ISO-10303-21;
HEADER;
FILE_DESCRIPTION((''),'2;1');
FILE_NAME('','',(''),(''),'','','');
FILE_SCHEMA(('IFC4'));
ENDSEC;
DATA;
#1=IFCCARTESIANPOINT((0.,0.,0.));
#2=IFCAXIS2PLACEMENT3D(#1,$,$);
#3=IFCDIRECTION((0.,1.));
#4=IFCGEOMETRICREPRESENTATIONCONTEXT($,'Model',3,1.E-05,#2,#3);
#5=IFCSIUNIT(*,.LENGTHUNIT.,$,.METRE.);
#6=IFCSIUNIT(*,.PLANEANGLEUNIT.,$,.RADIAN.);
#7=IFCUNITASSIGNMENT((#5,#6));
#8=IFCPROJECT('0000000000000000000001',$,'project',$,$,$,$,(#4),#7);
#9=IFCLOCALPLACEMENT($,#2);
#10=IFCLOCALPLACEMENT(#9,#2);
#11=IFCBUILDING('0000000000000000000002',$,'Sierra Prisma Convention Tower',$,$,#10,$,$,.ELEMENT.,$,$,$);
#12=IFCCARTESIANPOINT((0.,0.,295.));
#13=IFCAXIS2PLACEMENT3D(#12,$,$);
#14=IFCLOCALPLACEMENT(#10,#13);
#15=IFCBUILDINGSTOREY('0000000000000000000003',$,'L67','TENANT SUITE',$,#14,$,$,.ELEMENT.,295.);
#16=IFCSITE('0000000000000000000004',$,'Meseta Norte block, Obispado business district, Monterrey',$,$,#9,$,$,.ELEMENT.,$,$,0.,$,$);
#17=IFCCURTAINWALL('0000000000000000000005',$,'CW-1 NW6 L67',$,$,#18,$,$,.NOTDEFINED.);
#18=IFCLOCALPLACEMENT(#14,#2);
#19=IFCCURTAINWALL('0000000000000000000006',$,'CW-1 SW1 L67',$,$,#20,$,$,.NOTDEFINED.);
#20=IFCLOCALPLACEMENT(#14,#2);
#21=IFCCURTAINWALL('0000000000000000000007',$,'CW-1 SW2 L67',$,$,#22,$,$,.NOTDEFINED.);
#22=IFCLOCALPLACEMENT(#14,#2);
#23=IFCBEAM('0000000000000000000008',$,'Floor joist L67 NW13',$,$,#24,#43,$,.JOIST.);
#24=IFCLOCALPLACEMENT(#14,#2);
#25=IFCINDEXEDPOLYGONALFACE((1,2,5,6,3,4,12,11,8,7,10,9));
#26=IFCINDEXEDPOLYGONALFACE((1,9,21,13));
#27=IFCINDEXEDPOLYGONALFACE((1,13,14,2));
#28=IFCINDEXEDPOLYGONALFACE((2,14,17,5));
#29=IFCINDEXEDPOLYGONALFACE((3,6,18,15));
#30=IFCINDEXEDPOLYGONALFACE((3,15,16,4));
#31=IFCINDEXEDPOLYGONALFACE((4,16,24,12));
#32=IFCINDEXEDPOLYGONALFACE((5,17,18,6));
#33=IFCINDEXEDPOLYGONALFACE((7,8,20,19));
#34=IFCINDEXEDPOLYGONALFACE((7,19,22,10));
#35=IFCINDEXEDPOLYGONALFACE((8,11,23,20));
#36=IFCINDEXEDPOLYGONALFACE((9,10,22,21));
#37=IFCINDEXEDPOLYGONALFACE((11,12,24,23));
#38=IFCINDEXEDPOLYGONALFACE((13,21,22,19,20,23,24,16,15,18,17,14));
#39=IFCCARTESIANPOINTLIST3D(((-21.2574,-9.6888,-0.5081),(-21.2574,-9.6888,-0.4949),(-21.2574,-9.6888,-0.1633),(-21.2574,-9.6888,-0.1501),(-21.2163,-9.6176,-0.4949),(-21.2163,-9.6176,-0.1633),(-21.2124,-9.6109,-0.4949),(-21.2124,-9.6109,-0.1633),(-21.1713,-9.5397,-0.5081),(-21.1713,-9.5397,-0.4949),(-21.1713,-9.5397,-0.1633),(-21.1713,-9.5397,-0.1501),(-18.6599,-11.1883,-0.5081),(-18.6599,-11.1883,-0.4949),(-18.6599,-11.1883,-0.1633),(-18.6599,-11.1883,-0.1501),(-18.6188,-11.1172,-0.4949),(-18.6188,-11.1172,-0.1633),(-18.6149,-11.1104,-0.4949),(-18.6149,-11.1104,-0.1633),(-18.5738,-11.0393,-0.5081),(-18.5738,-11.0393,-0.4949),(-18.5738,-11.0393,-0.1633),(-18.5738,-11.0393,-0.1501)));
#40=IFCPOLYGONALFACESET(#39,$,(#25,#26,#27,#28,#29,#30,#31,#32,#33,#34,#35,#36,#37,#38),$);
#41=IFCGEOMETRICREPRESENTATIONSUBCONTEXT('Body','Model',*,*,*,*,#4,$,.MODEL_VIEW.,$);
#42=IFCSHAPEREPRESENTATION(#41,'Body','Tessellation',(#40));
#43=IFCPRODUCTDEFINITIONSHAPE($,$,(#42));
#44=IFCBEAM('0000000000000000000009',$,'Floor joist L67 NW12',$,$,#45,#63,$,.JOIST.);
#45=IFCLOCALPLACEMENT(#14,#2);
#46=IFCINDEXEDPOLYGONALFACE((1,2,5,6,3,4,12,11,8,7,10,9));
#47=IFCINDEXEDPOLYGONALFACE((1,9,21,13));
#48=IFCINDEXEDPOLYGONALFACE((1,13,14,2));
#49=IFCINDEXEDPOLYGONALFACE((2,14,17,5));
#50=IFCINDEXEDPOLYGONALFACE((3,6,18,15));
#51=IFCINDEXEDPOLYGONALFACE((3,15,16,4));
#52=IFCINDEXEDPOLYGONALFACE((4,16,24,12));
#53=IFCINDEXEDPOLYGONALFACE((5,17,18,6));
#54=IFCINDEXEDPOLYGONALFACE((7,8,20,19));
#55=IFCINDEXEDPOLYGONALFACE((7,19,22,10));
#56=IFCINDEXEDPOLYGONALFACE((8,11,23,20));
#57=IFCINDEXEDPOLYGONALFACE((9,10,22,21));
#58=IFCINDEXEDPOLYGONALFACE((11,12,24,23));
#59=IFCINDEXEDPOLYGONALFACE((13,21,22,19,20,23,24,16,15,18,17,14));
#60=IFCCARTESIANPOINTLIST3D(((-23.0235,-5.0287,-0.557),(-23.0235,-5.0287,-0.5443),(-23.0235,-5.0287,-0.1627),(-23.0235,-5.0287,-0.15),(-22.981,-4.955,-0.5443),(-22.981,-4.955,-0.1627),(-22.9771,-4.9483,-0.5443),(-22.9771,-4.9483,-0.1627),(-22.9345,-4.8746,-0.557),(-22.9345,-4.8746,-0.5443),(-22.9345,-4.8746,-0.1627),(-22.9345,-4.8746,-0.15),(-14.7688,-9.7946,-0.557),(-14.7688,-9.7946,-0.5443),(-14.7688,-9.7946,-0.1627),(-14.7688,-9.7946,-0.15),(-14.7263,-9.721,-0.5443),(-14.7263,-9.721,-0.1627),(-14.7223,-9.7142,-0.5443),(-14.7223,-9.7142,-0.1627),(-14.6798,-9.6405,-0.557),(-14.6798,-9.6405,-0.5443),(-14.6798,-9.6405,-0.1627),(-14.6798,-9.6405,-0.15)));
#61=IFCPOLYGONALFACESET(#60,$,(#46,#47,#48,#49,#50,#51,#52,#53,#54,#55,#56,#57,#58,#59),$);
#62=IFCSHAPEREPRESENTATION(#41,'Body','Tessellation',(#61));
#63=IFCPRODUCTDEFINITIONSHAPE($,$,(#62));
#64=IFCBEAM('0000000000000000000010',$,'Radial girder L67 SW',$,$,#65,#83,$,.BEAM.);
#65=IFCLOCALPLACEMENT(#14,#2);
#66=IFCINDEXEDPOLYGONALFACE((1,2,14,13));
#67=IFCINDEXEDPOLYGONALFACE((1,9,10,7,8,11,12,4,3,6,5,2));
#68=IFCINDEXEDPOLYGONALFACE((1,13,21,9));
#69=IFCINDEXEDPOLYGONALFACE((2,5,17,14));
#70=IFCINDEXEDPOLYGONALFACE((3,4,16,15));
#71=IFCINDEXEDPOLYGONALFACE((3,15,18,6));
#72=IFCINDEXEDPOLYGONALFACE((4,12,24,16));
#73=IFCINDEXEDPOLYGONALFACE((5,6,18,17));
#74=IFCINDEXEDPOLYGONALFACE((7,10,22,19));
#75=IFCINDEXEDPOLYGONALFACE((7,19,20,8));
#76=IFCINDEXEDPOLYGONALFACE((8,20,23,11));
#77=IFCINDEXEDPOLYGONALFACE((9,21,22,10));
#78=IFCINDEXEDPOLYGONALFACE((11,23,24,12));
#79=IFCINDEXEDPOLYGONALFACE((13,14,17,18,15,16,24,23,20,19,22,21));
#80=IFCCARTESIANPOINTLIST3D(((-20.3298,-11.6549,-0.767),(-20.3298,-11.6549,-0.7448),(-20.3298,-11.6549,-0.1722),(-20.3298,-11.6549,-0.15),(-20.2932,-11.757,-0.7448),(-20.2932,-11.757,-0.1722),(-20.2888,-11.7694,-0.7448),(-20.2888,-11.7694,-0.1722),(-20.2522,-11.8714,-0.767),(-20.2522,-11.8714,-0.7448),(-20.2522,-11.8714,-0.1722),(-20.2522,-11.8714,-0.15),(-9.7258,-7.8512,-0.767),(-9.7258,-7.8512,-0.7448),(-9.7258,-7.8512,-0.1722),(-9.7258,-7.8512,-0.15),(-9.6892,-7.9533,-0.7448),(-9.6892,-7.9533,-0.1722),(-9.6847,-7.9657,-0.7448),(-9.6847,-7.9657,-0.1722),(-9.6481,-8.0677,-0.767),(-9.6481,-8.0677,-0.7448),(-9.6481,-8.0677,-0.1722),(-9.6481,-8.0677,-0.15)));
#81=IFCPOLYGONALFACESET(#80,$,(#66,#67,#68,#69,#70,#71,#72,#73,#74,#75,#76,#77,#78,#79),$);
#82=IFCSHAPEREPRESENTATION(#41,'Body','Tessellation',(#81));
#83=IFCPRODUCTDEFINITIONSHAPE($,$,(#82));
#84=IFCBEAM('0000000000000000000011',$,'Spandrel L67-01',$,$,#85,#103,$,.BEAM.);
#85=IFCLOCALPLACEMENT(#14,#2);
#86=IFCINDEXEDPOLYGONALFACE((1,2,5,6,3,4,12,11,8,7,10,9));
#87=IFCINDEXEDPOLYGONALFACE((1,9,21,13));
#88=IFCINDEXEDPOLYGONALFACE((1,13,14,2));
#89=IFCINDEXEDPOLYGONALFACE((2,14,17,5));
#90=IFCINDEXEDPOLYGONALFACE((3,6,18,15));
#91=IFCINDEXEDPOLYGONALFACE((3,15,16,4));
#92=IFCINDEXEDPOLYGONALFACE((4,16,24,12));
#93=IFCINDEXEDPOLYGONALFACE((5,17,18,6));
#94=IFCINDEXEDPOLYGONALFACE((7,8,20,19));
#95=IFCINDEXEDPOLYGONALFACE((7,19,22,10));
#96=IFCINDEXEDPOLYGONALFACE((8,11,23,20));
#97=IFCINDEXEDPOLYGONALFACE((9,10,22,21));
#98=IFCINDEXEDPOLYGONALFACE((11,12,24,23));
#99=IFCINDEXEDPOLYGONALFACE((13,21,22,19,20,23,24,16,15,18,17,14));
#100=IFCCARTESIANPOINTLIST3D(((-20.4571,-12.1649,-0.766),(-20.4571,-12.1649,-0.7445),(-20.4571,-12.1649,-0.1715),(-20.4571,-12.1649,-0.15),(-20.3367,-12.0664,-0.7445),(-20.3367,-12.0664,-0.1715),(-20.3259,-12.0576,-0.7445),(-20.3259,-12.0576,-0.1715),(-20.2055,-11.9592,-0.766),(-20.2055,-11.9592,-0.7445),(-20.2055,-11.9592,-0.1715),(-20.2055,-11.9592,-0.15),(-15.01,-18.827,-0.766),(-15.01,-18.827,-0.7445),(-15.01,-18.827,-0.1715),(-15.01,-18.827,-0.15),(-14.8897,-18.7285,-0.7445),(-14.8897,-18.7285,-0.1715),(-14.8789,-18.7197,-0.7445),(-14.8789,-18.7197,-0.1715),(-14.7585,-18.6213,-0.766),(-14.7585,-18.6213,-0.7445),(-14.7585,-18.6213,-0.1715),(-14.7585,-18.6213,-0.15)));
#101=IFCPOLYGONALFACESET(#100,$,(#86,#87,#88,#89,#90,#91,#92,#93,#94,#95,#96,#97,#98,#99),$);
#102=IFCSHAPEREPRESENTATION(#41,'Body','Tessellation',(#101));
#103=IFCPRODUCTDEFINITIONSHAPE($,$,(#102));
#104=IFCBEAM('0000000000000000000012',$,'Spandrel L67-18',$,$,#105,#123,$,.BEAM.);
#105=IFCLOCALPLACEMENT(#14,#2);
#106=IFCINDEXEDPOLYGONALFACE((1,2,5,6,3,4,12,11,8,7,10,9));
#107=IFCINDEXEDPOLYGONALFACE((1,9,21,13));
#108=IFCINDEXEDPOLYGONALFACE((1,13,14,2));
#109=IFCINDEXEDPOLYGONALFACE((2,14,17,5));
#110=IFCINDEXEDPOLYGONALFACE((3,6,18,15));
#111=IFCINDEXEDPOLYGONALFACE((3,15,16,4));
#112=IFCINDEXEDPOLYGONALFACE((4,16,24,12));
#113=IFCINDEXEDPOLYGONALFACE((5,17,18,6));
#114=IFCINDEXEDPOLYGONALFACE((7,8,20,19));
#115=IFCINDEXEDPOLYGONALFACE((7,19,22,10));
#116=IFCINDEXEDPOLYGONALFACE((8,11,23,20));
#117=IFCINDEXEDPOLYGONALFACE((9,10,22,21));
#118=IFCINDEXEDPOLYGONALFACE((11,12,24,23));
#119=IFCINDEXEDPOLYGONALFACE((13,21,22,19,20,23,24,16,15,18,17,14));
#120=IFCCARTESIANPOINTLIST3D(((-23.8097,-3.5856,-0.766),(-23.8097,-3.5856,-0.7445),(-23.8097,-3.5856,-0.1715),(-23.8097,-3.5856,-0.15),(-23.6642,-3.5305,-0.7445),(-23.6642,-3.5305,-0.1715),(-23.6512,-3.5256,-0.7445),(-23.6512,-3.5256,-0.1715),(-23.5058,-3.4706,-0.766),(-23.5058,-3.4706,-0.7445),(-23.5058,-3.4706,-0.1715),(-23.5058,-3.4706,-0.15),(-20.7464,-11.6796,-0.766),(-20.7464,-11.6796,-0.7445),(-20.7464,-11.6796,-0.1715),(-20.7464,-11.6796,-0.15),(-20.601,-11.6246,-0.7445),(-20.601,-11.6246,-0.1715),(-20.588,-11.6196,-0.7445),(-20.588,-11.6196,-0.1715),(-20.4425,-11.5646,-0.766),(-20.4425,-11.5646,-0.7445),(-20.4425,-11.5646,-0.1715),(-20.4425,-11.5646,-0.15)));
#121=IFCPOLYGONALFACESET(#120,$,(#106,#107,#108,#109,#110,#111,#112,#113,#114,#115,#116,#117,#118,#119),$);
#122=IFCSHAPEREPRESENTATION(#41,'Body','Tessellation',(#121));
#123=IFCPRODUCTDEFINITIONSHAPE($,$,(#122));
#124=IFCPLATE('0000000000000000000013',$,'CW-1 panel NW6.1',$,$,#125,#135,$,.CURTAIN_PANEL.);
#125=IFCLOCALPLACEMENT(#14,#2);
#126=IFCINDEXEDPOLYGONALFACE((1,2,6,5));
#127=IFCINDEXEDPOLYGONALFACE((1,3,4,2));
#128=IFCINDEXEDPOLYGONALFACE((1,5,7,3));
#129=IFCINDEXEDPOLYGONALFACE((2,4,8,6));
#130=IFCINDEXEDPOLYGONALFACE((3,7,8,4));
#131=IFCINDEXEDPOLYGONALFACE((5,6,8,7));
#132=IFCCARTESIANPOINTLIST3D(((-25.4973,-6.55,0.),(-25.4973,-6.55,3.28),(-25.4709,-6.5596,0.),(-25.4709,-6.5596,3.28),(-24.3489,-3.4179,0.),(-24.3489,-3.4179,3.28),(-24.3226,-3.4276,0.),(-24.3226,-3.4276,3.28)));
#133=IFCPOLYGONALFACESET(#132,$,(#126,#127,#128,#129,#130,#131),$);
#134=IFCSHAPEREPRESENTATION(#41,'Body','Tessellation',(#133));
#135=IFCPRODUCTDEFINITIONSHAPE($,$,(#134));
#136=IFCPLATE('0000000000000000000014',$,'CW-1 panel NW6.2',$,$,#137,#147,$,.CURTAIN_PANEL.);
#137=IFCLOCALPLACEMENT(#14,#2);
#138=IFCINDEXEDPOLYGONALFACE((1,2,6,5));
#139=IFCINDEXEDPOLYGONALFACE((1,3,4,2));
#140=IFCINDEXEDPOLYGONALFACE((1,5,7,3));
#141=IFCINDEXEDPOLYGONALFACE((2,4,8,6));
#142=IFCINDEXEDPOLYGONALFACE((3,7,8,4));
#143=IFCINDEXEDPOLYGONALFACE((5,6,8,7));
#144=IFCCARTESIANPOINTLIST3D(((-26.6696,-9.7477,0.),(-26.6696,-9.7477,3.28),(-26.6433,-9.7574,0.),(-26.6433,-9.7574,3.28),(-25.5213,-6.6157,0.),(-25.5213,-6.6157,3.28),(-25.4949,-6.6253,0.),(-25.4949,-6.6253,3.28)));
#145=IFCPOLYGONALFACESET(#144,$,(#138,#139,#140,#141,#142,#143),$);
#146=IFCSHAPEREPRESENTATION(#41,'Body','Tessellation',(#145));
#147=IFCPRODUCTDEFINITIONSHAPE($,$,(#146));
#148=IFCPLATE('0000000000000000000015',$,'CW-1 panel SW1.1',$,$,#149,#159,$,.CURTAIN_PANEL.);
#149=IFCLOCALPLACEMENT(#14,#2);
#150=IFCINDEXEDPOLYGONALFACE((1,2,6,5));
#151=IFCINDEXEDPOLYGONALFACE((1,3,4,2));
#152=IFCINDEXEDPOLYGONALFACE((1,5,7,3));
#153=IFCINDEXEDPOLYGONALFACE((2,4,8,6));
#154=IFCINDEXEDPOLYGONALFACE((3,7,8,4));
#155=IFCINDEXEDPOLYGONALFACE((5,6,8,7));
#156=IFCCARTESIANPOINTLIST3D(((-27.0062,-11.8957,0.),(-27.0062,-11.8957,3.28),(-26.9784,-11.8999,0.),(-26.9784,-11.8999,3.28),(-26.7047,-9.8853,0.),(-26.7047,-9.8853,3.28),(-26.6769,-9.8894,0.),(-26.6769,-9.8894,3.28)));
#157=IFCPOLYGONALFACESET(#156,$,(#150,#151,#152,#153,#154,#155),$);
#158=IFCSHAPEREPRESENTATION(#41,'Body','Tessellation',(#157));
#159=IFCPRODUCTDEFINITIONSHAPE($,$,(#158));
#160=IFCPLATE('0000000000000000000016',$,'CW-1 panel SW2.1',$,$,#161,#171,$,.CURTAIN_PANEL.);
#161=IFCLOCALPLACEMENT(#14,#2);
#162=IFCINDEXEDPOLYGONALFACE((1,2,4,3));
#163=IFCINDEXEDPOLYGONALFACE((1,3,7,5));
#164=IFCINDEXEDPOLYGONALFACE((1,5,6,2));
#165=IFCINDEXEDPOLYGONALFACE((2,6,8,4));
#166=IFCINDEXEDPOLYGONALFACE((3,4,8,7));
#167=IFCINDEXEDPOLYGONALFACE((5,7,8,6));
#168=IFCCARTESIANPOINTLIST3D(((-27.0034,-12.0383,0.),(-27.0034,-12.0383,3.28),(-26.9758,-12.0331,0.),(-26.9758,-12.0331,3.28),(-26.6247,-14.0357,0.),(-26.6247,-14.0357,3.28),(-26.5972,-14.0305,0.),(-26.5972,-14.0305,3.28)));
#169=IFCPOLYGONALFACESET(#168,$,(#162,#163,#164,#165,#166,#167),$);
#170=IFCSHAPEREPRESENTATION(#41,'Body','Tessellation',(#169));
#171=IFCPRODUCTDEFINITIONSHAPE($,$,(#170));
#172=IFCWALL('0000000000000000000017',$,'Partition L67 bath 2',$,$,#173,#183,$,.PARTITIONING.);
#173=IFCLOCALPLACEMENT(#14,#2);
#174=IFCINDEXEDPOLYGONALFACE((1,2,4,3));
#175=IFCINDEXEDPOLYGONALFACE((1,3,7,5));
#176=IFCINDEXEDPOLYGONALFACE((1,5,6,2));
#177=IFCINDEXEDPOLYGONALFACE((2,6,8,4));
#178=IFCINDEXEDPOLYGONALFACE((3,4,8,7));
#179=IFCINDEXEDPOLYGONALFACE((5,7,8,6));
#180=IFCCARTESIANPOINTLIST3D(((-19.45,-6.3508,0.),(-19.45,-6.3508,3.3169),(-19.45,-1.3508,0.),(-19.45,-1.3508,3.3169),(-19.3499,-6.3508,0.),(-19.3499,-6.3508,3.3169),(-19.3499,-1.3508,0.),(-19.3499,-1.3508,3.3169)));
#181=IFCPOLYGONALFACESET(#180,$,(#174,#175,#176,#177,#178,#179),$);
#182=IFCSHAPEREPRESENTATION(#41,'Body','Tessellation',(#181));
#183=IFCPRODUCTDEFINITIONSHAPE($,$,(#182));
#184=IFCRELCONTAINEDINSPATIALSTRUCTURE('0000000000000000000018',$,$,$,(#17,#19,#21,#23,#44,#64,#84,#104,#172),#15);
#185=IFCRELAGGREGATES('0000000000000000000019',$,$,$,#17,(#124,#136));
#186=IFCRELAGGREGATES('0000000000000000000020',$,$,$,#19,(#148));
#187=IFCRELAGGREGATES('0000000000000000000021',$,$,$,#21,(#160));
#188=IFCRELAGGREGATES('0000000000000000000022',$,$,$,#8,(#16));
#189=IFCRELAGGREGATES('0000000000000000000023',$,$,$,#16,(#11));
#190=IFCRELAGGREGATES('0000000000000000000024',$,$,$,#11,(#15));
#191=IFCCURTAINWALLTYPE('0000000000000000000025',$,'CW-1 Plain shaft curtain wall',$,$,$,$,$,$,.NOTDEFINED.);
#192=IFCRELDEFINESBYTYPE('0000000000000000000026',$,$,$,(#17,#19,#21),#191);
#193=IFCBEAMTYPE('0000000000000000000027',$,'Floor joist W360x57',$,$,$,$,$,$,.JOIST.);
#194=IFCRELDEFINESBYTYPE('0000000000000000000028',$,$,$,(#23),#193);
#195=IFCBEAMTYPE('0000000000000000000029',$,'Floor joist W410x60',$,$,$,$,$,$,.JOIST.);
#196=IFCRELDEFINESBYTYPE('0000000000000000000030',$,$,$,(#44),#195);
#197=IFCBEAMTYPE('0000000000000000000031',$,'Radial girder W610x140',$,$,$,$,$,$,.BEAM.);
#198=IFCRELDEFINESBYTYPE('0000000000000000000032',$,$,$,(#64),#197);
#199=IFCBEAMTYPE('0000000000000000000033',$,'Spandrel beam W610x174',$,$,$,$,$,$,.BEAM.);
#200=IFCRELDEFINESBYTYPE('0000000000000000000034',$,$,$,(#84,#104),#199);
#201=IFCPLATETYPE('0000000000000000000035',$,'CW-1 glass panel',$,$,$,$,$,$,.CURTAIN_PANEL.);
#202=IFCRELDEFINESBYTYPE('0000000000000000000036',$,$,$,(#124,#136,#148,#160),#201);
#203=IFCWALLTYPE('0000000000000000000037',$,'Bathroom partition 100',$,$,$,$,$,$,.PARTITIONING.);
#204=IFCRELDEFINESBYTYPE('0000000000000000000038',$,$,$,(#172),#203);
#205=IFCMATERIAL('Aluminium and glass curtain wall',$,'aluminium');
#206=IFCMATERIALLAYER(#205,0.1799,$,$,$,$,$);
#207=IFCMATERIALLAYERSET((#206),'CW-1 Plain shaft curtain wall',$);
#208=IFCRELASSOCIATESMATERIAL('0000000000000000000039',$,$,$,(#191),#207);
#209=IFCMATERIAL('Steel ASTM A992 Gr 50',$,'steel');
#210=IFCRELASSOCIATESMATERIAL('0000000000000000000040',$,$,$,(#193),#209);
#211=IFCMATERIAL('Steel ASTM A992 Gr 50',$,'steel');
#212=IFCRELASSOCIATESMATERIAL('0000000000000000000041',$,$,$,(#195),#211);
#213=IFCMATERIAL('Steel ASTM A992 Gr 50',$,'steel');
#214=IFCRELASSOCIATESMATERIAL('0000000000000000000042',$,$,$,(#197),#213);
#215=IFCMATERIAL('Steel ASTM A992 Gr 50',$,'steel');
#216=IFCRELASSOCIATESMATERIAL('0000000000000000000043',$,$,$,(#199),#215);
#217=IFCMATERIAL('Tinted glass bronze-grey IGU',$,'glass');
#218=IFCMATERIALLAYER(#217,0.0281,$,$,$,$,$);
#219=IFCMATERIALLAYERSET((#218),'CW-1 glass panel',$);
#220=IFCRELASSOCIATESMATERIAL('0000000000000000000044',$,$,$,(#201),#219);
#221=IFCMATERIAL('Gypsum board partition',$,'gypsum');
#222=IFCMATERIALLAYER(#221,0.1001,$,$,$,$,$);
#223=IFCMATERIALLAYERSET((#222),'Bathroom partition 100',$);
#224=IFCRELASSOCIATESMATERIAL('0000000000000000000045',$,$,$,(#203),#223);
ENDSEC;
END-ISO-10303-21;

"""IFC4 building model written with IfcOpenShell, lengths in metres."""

from ifc_helpers import new_model, si_unit, direction, frame, frame_2d, origin, origin_2d, place, context, subcontext, project, spatial, rectangle, i_section, extrude, material, layer, layer_set, material_profile, profile_set, type_object, element, aggregate, save


model = new_model("IFC4")

# Units and contexts
model_context = context("Model", 3, precision=1e-05, world=origin(), true_north=direction((0.0, 1.0)))
body_context = subcontext(model_context, "Body", "Model", "MODEL_VIEW")
ifc_project = project(units=[si_unit("LENGTHUNIT", "METRE"), si_unit("PLANEANGLEUNIT", "RADIAN")], contexts=[model_context])

# Site, building, storey
site_placement = place(None, origin())
site = spatial("IfcSite", under=ifc_project, at=site_placement, Name="Meseta Norte block, Obispado business district, Monterrey", CompositionType="ELEMENT", RefElevation=0.0)
building_placement = place(site_placement, origin())
building = spatial("IfcBuilding", under=site, at=building_placement, Name="Sierra Prisma Convention Tower", CompositionType="ELEMENT")
storey_placement = place(building_placement, frame((0.0, 0.0, 295.0)))
storey = spatial("IfcBuildingStorey", under=building, at=storey_placement, Name="L67", Description="TENANT SUITE", CompositionType="ELEMENT", Elevation=295.0)

# Curtain walls
ifc_material_1 = material(Name="Aluminium and glass curtain wall", Category="aluminium")
ifc_layer_1 = layer(ifc_material_1, 0.1799)
ifc_layer_set_1 = layer_set([ifc_layer_1], Name="CW-1 Plain shaft curtain wall")
curtain_wall_type = type_object("IfcCurtainWallType", Name="CW-1 Plain shaft curtain wall", PredefinedType="NOTDEFINED", material=ifc_layer_set_1)
curtain_wall_1_placement = place(storey_placement, origin())
curtain_wall_1 = element("IfcCurtainWall", 1, at=curtain_wall_1_placement, inside=storey, type_object=curtain_wall_type, Name="CW-1 NW6 L67", PredefinedType="NOTDEFINED")
curtain_wall_2_placement = place(storey_placement, origin())
curtain_wall_2 = element("IfcCurtainWall", 2, at=curtain_wall_2_placement, inside=storey, type_object=curtain_wall_type, Name="CW-1 SW1 L67", PredefinedType="NOTDEFINED")
curtain_wall_3_placement = place(storey_placement, origin())
curtain_wall_3 = element("IfcCurtainWall", 3, at=curtain_wall_3_placement, inside=storey, type_object=curtain_wall_type, Name="CW-1 SW2 L67", PredefinedType="NOTDEFINED")

# Beams
ifc_material_2 = material(Name="Steel ASTM A992 Gr 50", Category="steel")
ifc_material_profile_1 = material_profile(ifc_material_2, i_section(OverallWidth=0.1721, OverallDepth=0.3579, WebThickness=0.0078, FlangeThickness=0.0132, at=origin_2d()), Name="W360x57")
ifc_profile_set_1 = profile_set([ifc_material_profile_1], Name="Steel ASTM A992 Gr 50")
beam_type_1 = type_object("IfcBeamType", Name="Floor joist W360x57", PredefinedType="JOIST", material=ifc_profile_set_1)
beam_1_placement = place(storey_placement, frame((-21.2144, -9.6143, -0.3291), z_axis=(0.866041, -0.499974, 0.0), x_axis=(0.499974, 0.866041, 0.0)))
element("IfcBeam", 4, at=beam_1_placement, inside=storey, type_object=beam_type_1, Name="Floor joist L67 NW13", PredefinedType="JOIST", context=body_context, shape_type="SweptSolid", body=[
    extrude(i_section(OverallWidth=0.1721, OverallDepth=0.3579, WebThickness=0.0078, FlangeThickness=0.0132, at=origin_2d()), origin(), (0.0, 0.0, 1.0), 2.9993),
])
ifc_material_3 = material(Name="Steel ASTM A992 Gr 50", Category="steel")
ifc_material_profile_2 = material_profile(ifc_material_3, i_section(OverallWidth=0.178, OverallDepth=0.407, WebThickness=0.0078, FlangeThickness=0.0127, at=origin_2d()), Name="W410x60")
ifc_profile_set_2 = profile_set([ifc_material_profile_2], Name="Steel ASTM A992 Gr 50")
beam_type_2 = type_object("IfcBeamType", Name="Floor joist W410x60", PredefinedType="JOIST", material=ifc_profile_set_2)
beam_2_placement = place(storey_placement, frame((-22.979, -4.9517, -0.3535), z_axis=(0.866023, -0.500004, 0.0), x_axis=(0.500004, 0.866023, 0.0)))
element("IfcBeam", 5, at=beam_2_placement, inside=storey, type_object=beam_type_2, Name="Floor joist L67 NW12", PredefinedType="JOIST", context=body_context, shape_type="SweptSolid", body=[
    extrude(i_section(OverallWidth=0.178, OverallDepth=0.407, WebThickness=0.0078, FlangeThickness=0.0127, at=origin_2d()), origin(), (0.0, 0.0, 1.0), 9.5317),
])
ifc_material_4 = material(Name="Steel ASTM A992 Gr 50", Category="steel")
ifc_material_profile_3 = material_profile(ifc_material_4, i_section(OverallWidth=0.23, OverallDepth=0.6169, WebThickness=0.0132, FlangeThickness=0.0222, at=origin_2d()), Name="W610x140")
ifc_profile_set_3 = profile_set([ifc_material_profile_3], Name="Steel ASTM A992 Gr 50")
beam_type_3 = type_object("IfcBeamType", Name="Radial girder W610x140", PredefinedType="BEAM", material=ifc_profile_set_3)
beam_3_placement = place(storey_placement, frame((-20.291, -11.7632, -0.4585), z_axis=(0.941275, 0.33764, 0.0), x_axis=(-0.33764, 0.941275, 0.0)))
element("IfcBeam", 6, at=beam_3_placement, inside=storey, type_object=beam_type_3, Name="Radial girder L67 SW", PredefinedType="BEAM", context=body_context, shape_type="SweptSolid", body=[
    extrude(i_section(OverallWidth=0.23, OverallDepth=0.6169, WebThickness=0.0132, FlangeThickness=0.0222, at=origin_2d()), origin(), (0.0, 0.0, 1.0), 11.2656),
])
ifc_material_5 = material(Name="Steel ASTM A992 Gr 50", Category="steel")
ifc_material_profile_4 = material_profile(ifc_material_5, i_section(OverallWidth=0.325, OverallDepth=0.616, WebThickness=0.0139, FlangeThickness=0.0215, at=origin_2d()), Name="W610x174")
ifc_profile_set_4 = profile_set([ifc_material_profile_4], Name="Steel ASTM A992 Gr 50")
beam_type_4 = type_object("IfcBeamType", Name="Spandrel beam W610x174", PredefinedType="BEAM", material=ifc_profile_set_4)
beam_4_placement = place(storey_placement, frame((-20.3313, -12.062, -0.458), z_axis=(0.632974, -0.774173, 0.0), x_axis=(0.774173, 0.632974, 0.0)))
element("IfcBeam", 7, at=beam_4_placement, inside=storey, type_object=beam_type_4, Name="Spandrel L67-01", PredefinedType="BEAM", context=body_context, shape_type="SweptSolid", body=[
    extrude(i_section(OverallWidth=0.325, OverallDepth=0.616, WebThickness=0.0139, FlangeThickness=0.0215, at=origin_2d()), origin(), (0.0, 0.0, 1.0), 8.6055),
])
beam_5_placement = place(storey_placement, frame((-23.6577, -3.5281, -0.458), z_axis=(0.353957, -0.935262, 0.0), x_axis=(0.935262, 0.353957, 0.0)))
element("IfcBeam", 8, at=beam_5_placement, inside=storey, type_object=beam_type_4, Name="Spandrel L67-18", PredefinedType="BEAM", context=body_context, shape_type="SweptSolid", body=[
    extrude(i_section(OverallWidth=0.325, OverallDepth=0.616, WebThickness=0.0139, FlangeThickness=0.0215, at=origin_2d()), origin(), (0.0, 0.0, 1.0), 8.6543),
])

# Plates
ifc_material_6 = material(Name="Tinted glass bronze-grey IGU", Category="glass")
ifc_layer_2 = layer(ifc_material_6, 0.0281)
ifc_layer_set_2 = layer_set([ifc_layer_2], Name="CW-1 glass panel")
plate_type = type_object("IfcPlateType", Name="CW-1 glass panel", PredefinedType="CURTAIN_PANEL", material=ifc_layer_set_2)
plate_1_placement = place(storey_placement, frame((-24.9099, -4.9888, 0.0), z_axis=(0.0, 0.0, 1.0), x_axis=(-0.344234, -0.938884, 0.0)))
plate_1 = element("IfcPlate", 9, at=plate_1_placement, type_object=plate_type, Name="CW-1 panel NW6.1", PredefinedType="CURTAIN_PANEL", context=body_context, shape_type="SweptSolid", body=[
    extrude(rectangle(XDim=3.3359, YDim=0.0281, at=origin_2d()), origin(), (0.0, 0.0, 1.0), 3.28),
])
plate_2_placement = place(storey_placement, frame((-26.0823, -8.1865, 0.0), z_axis=(0.0, 0.0, 1.0), x_axis=(-0.344234, -0.938884, 0.0)))
plate_2 = element("IfcPlate", 10, at=plate_2_placement, type_object=plate_type, Name="CW-1 panel NW6.2", PredefinedType="CURTAIN_PANEL", context=body_context, shape_type="SweptSolid", body=[
    extrude(rectangle(XDim=3.3359, YDim=0.0281, at=origin_2d()), origin(), (0.0, 0.0, 1.0), 3.28),
])
aggregate(curtain_wall_1, [plate_1, plate_2])
plate_3_placement = place(storey_placement, frame((-26.8416, -10.8926, 0.0), z_axis=(0.0, 0.0, 1.0), x_axis=(-0.148322, -0.988939, 0.0)))
plate_3 = element("IfcPlate", 11, at=plate_3_placement, type_object=plate_type, Name="CW-1 panel SW1.1", PredefinedType="CURTAIN_PANEL", context=body_context, shape_type="SweptSolid", body=[
    extrude(rectangle(XDim=2.033, YDim=0.0281, at=origin_2d()), origin(), (0.0, 0.0, 1.0), 3.28),
])
aggregate(curtain_wall_2, [plate_3])
plate_4_placement = place(storey_placement, frame((-26.8003, -13.0344, 0.0), z_axis=(0.0, 0.0, 1.0), x_axis=(0.18627, -0.982499, 0.0)))
plate_4 = element("IfcPlate", 12, at=plate_4_placement, type_object=plate_type, Name="CW-1 panel SW2.1", PredefinedType="CURTAIN_PANEL", context=body_context, shape_type="SweptSolid", body=[
    extrude(rectangle(XDim=2.033, YDim=0.0281, at=origin_2d()), origin(), (0.0, 0.0, 1.0), 3.28),
])
aggregate(curtain_wall_3, [plate_4])

# Wall
ifc_material_7 = material(Name="Gypsum board partition", Category="gypsum")
ifc_layer_3 = layer(ifc_material_7, 0.1001)
ifc_layer_set_3 = layer_set([ifc_layer_3], Name="Bathroom partition 100")
wall_type_1 = type_object("IfcWallType", Name="Bathroom partition 100", PredefinedType="PARTITIONING", material=ifc_layer_set_3)
wall_1_placement = place(storey_placement, frame((-19.3999, -6.3508, 0.0), z_axis=(0.0, 0.0, 1.0), x_axis=(0.0, 1.0, 0.0)))
element("IfcWall", 13, at=wall_1_placement, inside=storey, type_object=wall_type_1, Name="Partition L67 bath 2", PredefinedType="PARTITIONING", context=body_context, shape_type="SweptSolid", body=[
    extrude(rectangle(XDim=5.0, YDim=0.1001, at=frame_2d((2.5, 0.0))), origin(), (0.0, 0.0, 1.0), 3.3169),
])

save(model, "model.ifc")
